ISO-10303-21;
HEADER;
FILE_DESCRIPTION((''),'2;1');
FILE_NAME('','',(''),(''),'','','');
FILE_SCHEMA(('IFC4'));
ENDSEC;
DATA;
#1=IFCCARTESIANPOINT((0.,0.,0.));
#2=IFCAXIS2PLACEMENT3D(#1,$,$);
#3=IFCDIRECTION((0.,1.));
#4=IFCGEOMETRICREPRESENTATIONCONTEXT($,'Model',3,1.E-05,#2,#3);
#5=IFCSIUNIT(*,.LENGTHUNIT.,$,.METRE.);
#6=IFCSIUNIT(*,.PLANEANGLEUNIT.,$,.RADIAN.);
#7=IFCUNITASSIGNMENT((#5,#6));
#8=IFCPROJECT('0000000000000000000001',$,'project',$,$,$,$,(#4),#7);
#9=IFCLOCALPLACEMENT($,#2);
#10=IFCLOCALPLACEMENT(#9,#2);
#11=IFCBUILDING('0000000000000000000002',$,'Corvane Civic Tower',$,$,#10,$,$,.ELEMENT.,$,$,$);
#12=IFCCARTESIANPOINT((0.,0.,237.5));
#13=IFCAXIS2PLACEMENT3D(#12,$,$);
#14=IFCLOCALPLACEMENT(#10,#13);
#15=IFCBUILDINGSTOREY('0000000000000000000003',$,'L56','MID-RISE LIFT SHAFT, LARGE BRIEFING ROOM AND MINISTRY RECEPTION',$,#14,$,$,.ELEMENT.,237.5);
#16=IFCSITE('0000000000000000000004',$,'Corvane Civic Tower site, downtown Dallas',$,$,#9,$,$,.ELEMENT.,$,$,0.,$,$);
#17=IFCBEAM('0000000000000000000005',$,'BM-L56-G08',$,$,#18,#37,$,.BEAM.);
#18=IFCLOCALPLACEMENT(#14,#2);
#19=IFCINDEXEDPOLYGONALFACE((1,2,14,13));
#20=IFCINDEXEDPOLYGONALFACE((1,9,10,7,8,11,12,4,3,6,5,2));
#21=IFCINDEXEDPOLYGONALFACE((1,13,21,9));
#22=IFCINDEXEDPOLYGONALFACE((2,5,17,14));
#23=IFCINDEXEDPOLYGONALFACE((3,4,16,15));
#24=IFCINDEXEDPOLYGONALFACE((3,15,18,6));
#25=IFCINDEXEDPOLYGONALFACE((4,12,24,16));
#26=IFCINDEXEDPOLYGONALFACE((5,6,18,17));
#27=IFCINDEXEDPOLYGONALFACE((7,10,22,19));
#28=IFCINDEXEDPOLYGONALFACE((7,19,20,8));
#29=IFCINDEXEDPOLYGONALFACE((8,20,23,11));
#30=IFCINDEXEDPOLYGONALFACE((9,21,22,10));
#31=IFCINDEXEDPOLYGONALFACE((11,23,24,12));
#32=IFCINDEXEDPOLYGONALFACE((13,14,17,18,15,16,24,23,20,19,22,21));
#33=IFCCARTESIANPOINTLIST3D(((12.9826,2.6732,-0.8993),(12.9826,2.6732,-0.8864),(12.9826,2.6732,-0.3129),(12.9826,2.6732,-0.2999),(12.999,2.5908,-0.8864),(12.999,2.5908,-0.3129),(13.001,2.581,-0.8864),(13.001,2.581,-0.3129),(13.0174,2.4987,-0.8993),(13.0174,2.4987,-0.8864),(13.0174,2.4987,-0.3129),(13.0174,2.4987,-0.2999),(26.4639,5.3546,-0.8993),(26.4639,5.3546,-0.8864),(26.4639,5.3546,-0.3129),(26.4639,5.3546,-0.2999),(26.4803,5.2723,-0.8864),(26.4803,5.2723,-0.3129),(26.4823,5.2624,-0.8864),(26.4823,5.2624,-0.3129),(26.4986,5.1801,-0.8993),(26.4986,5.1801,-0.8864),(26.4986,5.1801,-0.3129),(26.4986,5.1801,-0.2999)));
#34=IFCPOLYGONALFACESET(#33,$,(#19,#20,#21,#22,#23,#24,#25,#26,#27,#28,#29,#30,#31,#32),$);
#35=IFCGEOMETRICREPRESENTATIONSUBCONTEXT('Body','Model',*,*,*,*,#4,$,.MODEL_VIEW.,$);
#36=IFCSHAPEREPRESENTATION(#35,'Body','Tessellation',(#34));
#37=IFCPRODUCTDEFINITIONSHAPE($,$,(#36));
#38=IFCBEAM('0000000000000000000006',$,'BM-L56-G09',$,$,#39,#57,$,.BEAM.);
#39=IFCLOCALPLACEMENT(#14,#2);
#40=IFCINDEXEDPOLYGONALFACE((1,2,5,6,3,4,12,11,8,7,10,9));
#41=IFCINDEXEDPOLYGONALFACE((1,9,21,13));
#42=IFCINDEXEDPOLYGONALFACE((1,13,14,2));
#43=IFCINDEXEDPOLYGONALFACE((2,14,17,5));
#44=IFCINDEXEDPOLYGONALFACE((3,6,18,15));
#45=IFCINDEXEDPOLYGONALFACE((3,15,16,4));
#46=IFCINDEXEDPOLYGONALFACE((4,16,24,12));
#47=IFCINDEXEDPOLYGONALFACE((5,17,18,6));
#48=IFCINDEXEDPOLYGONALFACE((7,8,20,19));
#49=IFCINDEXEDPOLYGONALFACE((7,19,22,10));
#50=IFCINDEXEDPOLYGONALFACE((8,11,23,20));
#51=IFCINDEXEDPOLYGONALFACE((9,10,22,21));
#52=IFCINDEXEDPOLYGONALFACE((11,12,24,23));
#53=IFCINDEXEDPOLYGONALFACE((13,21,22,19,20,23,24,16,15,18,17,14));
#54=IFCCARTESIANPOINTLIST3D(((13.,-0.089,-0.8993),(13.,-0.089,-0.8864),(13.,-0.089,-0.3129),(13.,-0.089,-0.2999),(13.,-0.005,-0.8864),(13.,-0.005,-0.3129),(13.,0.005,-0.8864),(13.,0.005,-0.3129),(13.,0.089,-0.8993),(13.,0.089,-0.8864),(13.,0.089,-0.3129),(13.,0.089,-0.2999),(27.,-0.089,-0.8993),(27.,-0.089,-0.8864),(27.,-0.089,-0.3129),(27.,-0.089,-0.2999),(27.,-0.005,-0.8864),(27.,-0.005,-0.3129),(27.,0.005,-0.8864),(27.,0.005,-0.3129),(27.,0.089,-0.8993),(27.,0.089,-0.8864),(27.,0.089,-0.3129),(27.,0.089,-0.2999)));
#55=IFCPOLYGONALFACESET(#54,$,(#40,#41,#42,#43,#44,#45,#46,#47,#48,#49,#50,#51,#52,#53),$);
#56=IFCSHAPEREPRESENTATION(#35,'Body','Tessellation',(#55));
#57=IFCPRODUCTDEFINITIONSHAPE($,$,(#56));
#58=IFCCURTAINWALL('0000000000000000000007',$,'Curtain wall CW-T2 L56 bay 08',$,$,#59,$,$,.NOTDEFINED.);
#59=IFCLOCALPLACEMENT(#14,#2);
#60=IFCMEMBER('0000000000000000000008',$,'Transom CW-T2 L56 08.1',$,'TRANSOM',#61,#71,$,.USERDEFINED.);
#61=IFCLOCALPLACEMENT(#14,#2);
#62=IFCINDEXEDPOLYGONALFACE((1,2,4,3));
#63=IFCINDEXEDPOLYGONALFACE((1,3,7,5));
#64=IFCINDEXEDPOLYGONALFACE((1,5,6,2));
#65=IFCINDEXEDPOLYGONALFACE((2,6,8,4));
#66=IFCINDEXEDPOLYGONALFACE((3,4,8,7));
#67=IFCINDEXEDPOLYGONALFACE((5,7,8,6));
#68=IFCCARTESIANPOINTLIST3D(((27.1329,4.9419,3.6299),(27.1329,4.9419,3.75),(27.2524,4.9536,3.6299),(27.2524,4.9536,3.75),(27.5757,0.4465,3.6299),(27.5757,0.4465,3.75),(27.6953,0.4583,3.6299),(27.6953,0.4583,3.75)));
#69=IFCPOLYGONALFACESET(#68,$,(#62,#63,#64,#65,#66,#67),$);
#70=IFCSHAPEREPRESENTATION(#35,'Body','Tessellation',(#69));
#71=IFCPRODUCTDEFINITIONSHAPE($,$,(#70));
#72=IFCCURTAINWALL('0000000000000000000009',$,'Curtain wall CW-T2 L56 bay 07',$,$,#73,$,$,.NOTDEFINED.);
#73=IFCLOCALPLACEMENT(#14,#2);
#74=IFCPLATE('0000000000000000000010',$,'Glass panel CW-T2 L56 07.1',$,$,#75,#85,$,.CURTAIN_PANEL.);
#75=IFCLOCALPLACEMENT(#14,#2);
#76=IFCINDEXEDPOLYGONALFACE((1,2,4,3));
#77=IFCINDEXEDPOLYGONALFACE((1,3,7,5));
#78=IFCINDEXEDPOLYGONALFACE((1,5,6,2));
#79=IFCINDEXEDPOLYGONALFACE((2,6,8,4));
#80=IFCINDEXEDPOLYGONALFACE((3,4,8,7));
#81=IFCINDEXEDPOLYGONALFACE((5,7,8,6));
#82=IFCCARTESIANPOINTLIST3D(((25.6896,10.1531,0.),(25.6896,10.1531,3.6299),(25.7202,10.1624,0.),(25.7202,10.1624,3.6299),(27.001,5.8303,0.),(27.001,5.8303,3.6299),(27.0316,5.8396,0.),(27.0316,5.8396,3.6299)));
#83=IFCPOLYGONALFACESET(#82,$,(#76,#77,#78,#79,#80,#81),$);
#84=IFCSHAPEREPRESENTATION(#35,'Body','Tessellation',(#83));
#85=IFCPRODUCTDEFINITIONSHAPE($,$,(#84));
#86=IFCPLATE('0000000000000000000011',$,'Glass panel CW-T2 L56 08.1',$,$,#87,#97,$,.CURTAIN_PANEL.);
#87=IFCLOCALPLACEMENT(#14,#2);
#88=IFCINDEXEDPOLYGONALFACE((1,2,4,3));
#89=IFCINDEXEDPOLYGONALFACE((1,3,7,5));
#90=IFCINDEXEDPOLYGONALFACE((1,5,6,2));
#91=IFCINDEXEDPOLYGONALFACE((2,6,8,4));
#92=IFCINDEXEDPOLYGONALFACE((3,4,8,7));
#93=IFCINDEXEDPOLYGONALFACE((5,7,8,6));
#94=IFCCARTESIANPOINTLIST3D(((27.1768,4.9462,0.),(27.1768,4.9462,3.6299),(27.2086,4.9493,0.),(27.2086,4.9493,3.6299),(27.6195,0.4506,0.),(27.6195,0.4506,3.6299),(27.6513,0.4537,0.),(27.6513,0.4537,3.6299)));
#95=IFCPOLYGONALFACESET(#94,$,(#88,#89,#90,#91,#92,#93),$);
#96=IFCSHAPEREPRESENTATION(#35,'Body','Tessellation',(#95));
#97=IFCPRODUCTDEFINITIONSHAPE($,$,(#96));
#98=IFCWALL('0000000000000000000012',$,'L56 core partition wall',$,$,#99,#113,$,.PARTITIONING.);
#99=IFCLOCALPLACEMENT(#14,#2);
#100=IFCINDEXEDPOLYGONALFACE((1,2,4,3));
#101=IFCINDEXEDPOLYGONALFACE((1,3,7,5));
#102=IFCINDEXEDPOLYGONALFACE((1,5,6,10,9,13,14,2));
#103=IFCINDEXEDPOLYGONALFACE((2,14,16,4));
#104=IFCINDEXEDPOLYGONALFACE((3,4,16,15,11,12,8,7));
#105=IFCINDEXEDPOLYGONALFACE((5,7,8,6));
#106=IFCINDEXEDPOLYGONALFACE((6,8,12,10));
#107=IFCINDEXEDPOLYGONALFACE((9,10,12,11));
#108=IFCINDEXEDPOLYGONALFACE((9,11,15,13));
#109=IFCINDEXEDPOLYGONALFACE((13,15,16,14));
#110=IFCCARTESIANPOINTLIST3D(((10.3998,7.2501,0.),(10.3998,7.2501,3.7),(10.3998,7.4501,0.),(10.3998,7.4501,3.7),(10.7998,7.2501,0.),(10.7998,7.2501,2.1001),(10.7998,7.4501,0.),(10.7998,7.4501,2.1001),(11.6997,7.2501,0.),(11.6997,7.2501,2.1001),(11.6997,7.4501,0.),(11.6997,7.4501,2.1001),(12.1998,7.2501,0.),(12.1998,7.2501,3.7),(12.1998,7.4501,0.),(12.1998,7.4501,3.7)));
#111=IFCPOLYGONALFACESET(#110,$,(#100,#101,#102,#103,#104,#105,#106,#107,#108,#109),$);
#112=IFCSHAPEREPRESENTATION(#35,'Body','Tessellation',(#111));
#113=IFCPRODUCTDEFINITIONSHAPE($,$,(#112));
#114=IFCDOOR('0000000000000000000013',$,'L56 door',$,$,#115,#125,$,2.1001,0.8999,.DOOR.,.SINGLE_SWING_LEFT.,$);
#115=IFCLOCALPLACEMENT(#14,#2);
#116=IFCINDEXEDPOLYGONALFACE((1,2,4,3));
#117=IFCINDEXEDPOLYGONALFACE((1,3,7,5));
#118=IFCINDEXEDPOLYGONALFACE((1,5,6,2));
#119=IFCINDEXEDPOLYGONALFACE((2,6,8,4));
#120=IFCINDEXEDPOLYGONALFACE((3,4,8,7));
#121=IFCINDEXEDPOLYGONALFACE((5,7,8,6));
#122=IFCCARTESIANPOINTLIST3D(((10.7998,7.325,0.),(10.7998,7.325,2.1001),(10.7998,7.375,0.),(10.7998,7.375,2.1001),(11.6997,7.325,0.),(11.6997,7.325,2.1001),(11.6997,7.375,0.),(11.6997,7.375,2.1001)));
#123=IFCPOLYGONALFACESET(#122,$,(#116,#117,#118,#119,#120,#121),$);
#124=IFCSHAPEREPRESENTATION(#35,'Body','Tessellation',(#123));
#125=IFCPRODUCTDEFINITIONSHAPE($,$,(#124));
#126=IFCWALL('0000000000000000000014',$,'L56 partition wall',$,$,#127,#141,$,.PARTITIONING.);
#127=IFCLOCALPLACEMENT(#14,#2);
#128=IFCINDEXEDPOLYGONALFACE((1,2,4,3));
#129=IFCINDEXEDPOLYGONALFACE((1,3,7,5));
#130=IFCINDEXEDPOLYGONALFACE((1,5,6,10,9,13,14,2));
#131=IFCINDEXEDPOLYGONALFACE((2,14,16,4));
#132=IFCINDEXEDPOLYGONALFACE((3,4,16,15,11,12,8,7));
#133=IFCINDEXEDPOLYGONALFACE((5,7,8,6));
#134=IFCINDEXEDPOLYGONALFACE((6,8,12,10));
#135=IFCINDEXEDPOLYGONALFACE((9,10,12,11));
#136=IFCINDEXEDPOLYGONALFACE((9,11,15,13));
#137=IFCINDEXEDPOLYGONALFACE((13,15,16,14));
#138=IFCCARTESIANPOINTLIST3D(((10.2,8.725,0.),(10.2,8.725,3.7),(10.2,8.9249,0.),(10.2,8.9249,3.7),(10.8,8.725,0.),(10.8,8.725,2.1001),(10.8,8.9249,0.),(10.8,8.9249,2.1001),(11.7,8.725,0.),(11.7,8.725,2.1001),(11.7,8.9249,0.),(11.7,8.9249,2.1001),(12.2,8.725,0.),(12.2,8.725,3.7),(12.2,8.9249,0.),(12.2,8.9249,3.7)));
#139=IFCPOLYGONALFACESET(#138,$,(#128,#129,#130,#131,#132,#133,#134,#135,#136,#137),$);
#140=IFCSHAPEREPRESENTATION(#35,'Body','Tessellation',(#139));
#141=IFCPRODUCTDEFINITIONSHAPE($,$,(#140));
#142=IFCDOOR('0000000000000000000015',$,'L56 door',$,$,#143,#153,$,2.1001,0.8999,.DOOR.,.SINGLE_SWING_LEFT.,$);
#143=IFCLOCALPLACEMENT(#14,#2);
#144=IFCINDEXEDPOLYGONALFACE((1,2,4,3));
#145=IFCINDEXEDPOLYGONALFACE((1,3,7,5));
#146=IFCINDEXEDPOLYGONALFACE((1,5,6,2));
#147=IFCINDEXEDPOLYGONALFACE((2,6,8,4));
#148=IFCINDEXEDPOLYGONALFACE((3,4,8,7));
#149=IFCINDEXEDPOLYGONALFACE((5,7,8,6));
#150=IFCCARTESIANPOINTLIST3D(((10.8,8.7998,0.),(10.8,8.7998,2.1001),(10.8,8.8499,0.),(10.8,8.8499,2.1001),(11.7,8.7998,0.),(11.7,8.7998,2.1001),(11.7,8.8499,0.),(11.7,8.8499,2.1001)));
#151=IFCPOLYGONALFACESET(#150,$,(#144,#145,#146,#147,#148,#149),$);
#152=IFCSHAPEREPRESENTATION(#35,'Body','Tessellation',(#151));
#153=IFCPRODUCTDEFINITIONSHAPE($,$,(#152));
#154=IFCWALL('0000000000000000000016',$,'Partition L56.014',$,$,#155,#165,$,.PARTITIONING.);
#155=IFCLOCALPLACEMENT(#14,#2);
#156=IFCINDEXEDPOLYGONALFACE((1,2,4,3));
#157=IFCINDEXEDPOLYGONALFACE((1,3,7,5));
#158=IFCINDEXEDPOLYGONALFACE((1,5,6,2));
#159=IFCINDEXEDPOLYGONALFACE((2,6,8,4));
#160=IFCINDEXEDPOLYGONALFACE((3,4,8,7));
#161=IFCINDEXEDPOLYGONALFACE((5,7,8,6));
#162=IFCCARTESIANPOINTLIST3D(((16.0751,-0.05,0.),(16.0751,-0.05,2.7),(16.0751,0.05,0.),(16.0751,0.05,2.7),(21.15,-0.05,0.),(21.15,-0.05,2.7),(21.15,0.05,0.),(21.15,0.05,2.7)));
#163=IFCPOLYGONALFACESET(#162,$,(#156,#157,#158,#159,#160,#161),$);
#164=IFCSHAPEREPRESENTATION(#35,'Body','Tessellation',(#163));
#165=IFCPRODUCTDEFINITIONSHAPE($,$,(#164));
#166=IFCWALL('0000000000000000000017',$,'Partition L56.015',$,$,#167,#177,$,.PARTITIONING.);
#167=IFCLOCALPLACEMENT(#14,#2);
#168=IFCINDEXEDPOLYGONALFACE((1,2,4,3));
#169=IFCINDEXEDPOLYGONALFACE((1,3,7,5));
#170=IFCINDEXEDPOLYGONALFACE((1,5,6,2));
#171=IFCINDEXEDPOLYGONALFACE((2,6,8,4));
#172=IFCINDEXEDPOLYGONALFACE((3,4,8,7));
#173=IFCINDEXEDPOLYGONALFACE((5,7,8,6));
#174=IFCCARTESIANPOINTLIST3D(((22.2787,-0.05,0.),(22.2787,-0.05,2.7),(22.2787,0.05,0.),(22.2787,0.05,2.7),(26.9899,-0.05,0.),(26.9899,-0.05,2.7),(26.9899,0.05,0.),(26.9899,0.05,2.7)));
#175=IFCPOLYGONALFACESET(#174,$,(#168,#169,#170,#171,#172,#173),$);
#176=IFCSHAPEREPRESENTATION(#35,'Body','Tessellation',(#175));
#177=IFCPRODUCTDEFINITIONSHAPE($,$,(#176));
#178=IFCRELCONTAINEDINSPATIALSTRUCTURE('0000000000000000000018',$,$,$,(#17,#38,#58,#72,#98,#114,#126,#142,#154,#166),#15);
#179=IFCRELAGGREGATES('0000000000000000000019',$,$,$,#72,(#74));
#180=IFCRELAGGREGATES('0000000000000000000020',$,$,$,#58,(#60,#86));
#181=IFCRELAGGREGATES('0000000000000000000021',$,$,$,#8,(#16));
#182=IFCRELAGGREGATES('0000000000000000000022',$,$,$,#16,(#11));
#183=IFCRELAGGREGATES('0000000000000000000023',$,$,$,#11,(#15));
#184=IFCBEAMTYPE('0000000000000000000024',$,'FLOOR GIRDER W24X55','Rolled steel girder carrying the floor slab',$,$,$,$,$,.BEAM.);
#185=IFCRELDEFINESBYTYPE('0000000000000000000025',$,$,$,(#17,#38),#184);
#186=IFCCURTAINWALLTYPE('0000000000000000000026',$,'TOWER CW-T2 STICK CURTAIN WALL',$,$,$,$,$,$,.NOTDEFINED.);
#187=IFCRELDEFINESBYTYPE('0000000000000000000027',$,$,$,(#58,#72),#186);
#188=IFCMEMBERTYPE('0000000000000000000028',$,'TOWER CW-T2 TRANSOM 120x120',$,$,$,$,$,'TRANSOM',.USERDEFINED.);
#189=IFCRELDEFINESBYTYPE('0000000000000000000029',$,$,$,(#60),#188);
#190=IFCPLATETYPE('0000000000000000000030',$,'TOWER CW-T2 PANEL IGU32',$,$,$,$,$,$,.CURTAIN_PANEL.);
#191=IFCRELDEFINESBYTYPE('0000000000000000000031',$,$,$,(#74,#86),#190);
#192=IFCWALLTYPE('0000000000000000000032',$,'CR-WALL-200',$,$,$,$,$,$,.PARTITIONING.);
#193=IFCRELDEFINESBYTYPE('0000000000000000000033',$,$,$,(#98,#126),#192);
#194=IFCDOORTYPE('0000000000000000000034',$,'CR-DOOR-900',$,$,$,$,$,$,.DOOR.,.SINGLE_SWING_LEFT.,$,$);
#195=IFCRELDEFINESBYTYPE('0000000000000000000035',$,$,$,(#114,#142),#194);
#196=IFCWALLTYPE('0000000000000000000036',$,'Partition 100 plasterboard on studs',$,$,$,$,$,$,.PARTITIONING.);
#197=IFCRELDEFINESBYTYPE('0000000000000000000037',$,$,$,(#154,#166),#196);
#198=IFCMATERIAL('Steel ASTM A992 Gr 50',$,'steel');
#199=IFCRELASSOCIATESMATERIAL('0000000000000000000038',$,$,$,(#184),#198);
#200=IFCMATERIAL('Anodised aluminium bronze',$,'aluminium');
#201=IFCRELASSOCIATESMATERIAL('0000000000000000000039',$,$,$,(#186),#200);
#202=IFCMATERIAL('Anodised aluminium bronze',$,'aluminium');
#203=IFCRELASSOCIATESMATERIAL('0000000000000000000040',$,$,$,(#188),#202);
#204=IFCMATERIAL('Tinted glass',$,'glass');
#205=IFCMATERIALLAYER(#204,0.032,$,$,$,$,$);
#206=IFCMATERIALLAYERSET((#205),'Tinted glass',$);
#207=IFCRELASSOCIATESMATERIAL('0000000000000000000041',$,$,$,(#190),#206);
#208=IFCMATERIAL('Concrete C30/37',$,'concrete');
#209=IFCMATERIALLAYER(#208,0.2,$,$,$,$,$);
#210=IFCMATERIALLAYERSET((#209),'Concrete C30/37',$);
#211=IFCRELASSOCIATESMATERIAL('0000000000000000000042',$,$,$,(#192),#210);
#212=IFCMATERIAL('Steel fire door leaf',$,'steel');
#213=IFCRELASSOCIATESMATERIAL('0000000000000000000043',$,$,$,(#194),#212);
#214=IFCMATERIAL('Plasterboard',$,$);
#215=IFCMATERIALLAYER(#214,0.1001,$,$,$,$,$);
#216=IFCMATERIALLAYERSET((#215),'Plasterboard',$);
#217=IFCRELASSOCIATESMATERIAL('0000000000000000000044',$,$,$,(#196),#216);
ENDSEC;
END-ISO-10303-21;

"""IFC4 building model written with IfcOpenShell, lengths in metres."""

from ifc_helpers import new_model, si_unit, direction, frame, frame_2d, origin, origin_2d, place, context, subcontext, project, spatial, rectangle, i_section, extrude, material, layer, layer_set, material_profile, profile_set, type_object, element, fill, aggregate, save


model = new_model("IFC4")

# Units and contexts
model_context = context("Model", 3, precision=1e-05, world=origin(), true_north=direction((0.0, 1.0)))
body_context = subcontext(model_context, "Body", "Model", "MODEL_VIEW")
ifc_project = project(units=[si_unit("LENGTHUNIT", "METRE"), si_unit("PLANEANGLEUNIT", "RADIAN")], contexts=[model_context])

# Site, building, storey
site_placement = place(None, origin())
site = spatial("IfcSite", under=ifc_project, at=site_placement, Name="Corvane Civic Tower site, downtown Dallas", CompositionType="ELEMENT", RefElevation=0.0)
building_placement = place(site_placement, origin())
building = spatial("IfcBuilding", under=site, at=building_placement, Name="Corvane Civic Tower", CompositionType="ELEMENT")
storey_placement = place(building_placement, frame((0.0, 0.0, 237.5)))
storey = spatial("IfcBuildingStorey", under=building, at=storey_placement, Name="L56", Description="MID-RISE LIFT SHAFT, LARGE BRIEFING ROOM AND MINISTRY RECEPTION", CompositionType="ELEMENT", Elevation=237.5)

# Beams
ifc_material_1 = material(Name="Steel ASTM A992 Gr 50", Category="steel")
ifc_material_profile_1 = material_profile(ifc_material_1, i_section(OverallWidth=0.178, OverallDepth=0.5994, WebThickness=0.01, FlangeThickness=0.0129, at=origin_2d()), Name="W24X55")
ifc_profile_set_1 = profile_set([ifc_material_profile_1], Name="Steel ASTM A992 Gr 50")
beam_type_1 = type_object("IfcBeamType", Name="FLOOR GIRDER W24X55", Description="Rolled steel girder carrying the floor slab", PredefinedType="BEAM", material=ifc_profile_set_1)
beam_1_placement = place(storey_placement, frame((13.0, 2.5859, -0.5996), z_axis=(0.980788, 0.195078, 0.0), x_axis=(-0.195078, 0.980788, 0.0)))
element("IfcBeam", 1, at=beam_1_placement, inside=storey, type_object=beam_type_1, Name="BM-L56-G08", PredefinedType="BEAM", context=body_context, shape_type="SweptSolid", body=[
    extrude(i_section(OverallWidth=0.178, OverallDepth=0.5994, WebThickness=0.01, FlangeThickness=0.0129, at=origin_2d()), origin(), (0.0, 0.0, 1.0), 13.7454),
])
beam_2_placement = place(storey_placement, frame((13.0, 0.0, -0.5996), z_axis=(1.0, 0.0, 0.0), x_axis=(0.0, 1.0, 0.0)))
element("IfcBeam", 2, at=beam_2_placement, inside=storey, type_object=beam_type_1, Name="BM-L56-G09", PredefinedType="BEAM", context=body_context, shape_type="SweptSolid", body=[
    extrude(i_section(OverallWidth=0.178, OverallDepth=0.5994, WebThickness=0.01, FlangeThickness=0.0129, at=origin_2d()), origin(), (0.0, 0.0, 1.0), 14.0),
])

# Curtain wall, member
ifc_material_2 = material(Name="Anodised aluminium bronze", Category="aluminium")
curtain_wall_type = type_object("IfcCurtainWallType", Name="TOWER CW-T2 STICK CURTAIN WALL", PredefinedType="NOTDEFINED", material=ifc_material_2)
curtain_wall_1_placement = place(storey_placement, origin())
curtain_wall_1 = element("IfcCurtainWall", 3, at=curtain_wall_1_placement, inside=storey, type_object=curtain_wall_type, Name="Curtain wall CW-T2 L56 bay 08", PredefinedType="NOTDEFINED")
ifc_material_3 = material(Name="Anodised aluminium bronze", Category="aluminium")
ifc_material_profile_2 = material_profile(ifc_material_3, rectangle(XDim=0.1201, YDim=0.1201, at=origin_2d()), Name="TOWER CW-T2 TRANSOM 120x120")
ifc_profile_set_2 = profile_set([ifc_material_profile_2], Name="Anodised aluminium bronze")
member_type = type_object("IfcMemberType", Name="TOWER CW-T2 TRANSOM 120x120", ElementType="TRANSOM", PredefinedType="USERDEFINED", material=ifc_profile_set_2)
member_placement = place(storey_placement, frame((27.1926, 4.9478, 3.6899), z_axis=(0.098043, -0.995182, 0.0), x_axis=(0.995182, 0.098043, 0.0)))
member = element("IfcMember", 4, at=member_placement, type_object=member_type, Name="Transom CW-T2 L56 08.1", ObjectType="TRANSOM", PredefinedType="USERDEFINED", context=body_context, shape_type="SweptSolid", body=[
    extrude(rectangle(XDim=0.1201, YDim=0.1201, at=origin_2d()), origin(), (0.0, 0.0, 1.0), 4.5171),
])

# Curtain wall, plate
curtain_wall_2_placement = place(storey_placement, origin())
curtain_wall_2 = element("IfcCurtainWall", 5, at=curtain_wall_2_placement, inside=storey, type_object=curtain_wall_type, Name="Curtain wall CW-T2 L56 bay 07", PredefinedType="NOTDEFINED")
ifc_material_4 = material(Name="Tinted glass", Category="glass")
ifc_layer_1 = layer(ifc_material_4, 0.032)
ifc_layer_set_1 = layer_set([ifc_layer_1], Name="Tinted glass")
plate_type = type_object("IfcPlateType", Name="TOWER CW-T2 PANEL IGU32", PredefinedType="CURTAIN_PANEL", material=ifc_layer_set_1)
plate_1_placement = place(storey_placement, frame((26.3606, 7.9963, 0.0), z_axis=(0.0, 0.0, 1.0), x_axis=(0.29029, -0.956939, 0.0)))
plate_1 = element("IfcPlate", 6, at=plate_1_placement, type_object=plate_type, Name="Glass panel CW-T2 L56 07.1", PredefinedType="CURTAIN_PANEL", context=body_context, shape_type="SweptSolid", body=[
    extrude(rectangle(XDim=4.5173, YDim=0.032, at=origin_2d()), origin(), (0.0, 0.0, 1.0), 3.6299),
])
aggregate(curtain_wall_2, [plate_1])

# Plate
plate_2_placement = place(storey_placement, frame((27.4141, 2.7, 0.0), z_axis=(0.0, 0.0, 1.0), x_axis=(0.097993, -0.995187, 0.0)))
plate_2 = element("IfcPlate", 7, at=plate_2_placement, type_object=plate_type, Name="Glass panel CW-T2 L56 08.1", PredefinedType="CURTAIN_PANEL", context=body_context, shape_type="SweptSolid", body=[
    extrude(rectangle(XDim=4.5173, YDim=0.032, at=origin_2d()), origin(), (0.0, 0.0, 1.0), 3.6299),
])
aggregate(curtain_wall_1, [member, plate_2])

# Walls, openings, doors
ifc_material_5 = material(Name="Concrete C30/37", Category="concrete")
ifc_layer_2 = layer(ifc_material_5, 0.2)
ifc_layer_set_2 = layer_set([ifc_layer_2], Name="Concrete C30/37")
wall_type_1 = type_object("IfcWallType", Name="CR-WALL-200", PredefinedType="PARTITIONING", material=ifc_layer_set_2)
wall_1_placement = place(storey_placement, frame((10.3999, 7.3501, 0.0), z_axis=(0.0, 0.0, 1.0), x_axis=(1.0, 0.0, 0.0)))
wall_1 = element("IfcWall", 8, at=wall_1_placement, inside=storey, type_object=wall_type_1, Name="L56 core partition wall", PredefinedType="PARTITIONING", context=body_context, shape_type="SweptSolid", body=[
    extrude(rectangle(XDim=1.8, YDim=0.2, at=frame_2d((0.8999, 0.0))), origin(), (0.0, 0.0, 1.0), 3.7),
])
opening_1_placement = place(wall_1_placement, frame((0.3999, 0.0, 0.0)))
opening_1 = element("IfcOpeningElement", 9, at=opening_1_placement, cuts=wall_1, PredefinedType="OPENING", context=body_context, shape_type="SweptSolid", body=[
    extrude(rectangle(XDim=0.8999, YDim=2.1001, at=frame_2d((0.45, 1.05))), frame((0.0, 0.1099, 0.0), z_axis=(0.0, -1.0, 0.0), x_axis=(1.0, 0.0, 0.0)), (0.0, 0.0, 1.0), 0.22),
])
ifc_material_6 = material(Name="Steel fire door leaf", Category="steel")
door_type = type_object("IfcDoorType", Name="CR-DOOR-900", OperationType="SINGLE_SWING_LEFT", PredefinedType="DOOR", material=ifc_material_6)
door_1_placement = place(opening_1_placement, origin())
door_1 = element("IfcDoor", 10, at=door_1_placement, inside=storey, type_object=door_type, Name="L56 door", OperationType="SINGLE_SWING_LEFT", OverallHeight=2.1001, OverallWidth=0.8999, PredefinedType="DOOR", context=body_context, shape_type="SweptSolid", body=[
    extrude(rectangle(XDim=0.8999, YDim=2.1001, at=frame_2d((0.45, 1.05))), frame((0.0, 0.0249, 0.0), z_axis=(0.0, -1.0, 0.0), x_axis=(1.0, 0.0, 0.0)), (0.0, 0.0, 1.0), 0.05),
])
fill(opening_1, door_1)
wall_2_placement = place(storey_placement, frame((10.2, 8.825, 0.0), z_axis=(0.0, 0.0, 1.0), x_axis=(1.0, 0.0, 0.0)))
wall_2 = element("IfcWall", 11, at=wall_2_placement, inside=storey, type_object=wall_type_1, Name="L56 partition wall", PredefinedType="PARTITIONING", context=body_context, shape_type="SweptSolid", body=[
    extrude(rectangle(XDim=2.0, YDim=0.2, at=frame_2d((1.0, 0.0))), origin(), (0.0, 0.0, 1.0), 3.7),
])
opening_2_placement = place(wall_2_placement, frame((0.6001, 0.0, 0.0)))
opening_2 = element("IfcOpeningElement", 12, at=opening_2_placement, cuts=wall_2, PredefinedType="OPENING", context=body_context, shape_type="SweptSolid", body=[
    extrude(rectangle(XDim=0.8999, YDim=2.1001, at=frame_2d((0.45, 1.05))), frame((0.0, 0.1099, 0.0), z_axis=(0.0, -1.0, 0.0), x_axis=(1.0, 0.0, 0.0)), (0.0, 0.0, 1.0), 0.22),
])
door_2_placement = place(opening_2_placement, origin())
door_2 = element("IfcDoor", 13, at=door_2_placement, inside=storey, type_object=door_type, Name="L56 door", OperationType="SINGLE_SWING_LEFT", OverallHeight=2.1001, OverallWidth=0.8999, PredefinedType="DOOR", context=body_context, shape_type="SweptSolid", body=[
    extrude(rectangle(XDim=0.8999, YDim=2.1001, at=frame_2d((0.45, 1.05))), frame((0.0, 0.0249, 0.0), z_axis=(0.0, -1.0, 0.0), x_axis=(1.0, 0.0, 0.0)), (0.0, 0.0, 1.0), 0.05),
])
fill(opening_2, door_2)

# Walls
ifc_material_7 = material(Name="Plasterboard")
ifc_layer_3 = layer(ifc_material_7, 0.1001)
ifc_layer_set_3 = layer_set([ifc_layer_3], Name="Plasterboard")
wall_type_2 = type_object("IfcWallType", Name="Partition 100 plasterboard on studs", PredefinedType="PARTITIONING", material=ifc_layer_set_3)
wall_3_placement = place(storey_placement, frame((16.075, 0.0, 0.0), z_axis=(0.0, 0.0, 1.0), x_axis=(1.0, 0.0, 0.0)))
element("IfcWall", 14, at=wall_3_placement, inside=storey, type_object=wall_type_2, Name="Partition L56.014", PredefinedType="PARTITIONING", context=body_context, shape_type="SweptSolid", body=[
    extrude(rectangle(XDim=5.075, YDim=0.1001, at=frame_2d((2.5376, 0.0))), origin(), (0.0, 0.0, 1.0), 2.7),
])
wall_4_placement = place(storey_placement, frame((22.2788, 0.0, 0.0), z_axis=(0.0, 0.0, 1.0), x_axis=(1.0, 0.0, 0.0)))
element("IfcWall", 15, at=wall_4_placement, inside=storey, type_object=wall_type_2, Name="Partition L56.015", PredefinedType="PARTITIONING", context=body_context, shape_type="SweptSolid", body=[
    extrude(rectangle(XDim=4.7112, YDim=0.1001, at=frame_2d((2.3555, 0.0))), origin(), (0.0, 0.0, 1.0), 2.7),
])

save(model, "model.ifc")
